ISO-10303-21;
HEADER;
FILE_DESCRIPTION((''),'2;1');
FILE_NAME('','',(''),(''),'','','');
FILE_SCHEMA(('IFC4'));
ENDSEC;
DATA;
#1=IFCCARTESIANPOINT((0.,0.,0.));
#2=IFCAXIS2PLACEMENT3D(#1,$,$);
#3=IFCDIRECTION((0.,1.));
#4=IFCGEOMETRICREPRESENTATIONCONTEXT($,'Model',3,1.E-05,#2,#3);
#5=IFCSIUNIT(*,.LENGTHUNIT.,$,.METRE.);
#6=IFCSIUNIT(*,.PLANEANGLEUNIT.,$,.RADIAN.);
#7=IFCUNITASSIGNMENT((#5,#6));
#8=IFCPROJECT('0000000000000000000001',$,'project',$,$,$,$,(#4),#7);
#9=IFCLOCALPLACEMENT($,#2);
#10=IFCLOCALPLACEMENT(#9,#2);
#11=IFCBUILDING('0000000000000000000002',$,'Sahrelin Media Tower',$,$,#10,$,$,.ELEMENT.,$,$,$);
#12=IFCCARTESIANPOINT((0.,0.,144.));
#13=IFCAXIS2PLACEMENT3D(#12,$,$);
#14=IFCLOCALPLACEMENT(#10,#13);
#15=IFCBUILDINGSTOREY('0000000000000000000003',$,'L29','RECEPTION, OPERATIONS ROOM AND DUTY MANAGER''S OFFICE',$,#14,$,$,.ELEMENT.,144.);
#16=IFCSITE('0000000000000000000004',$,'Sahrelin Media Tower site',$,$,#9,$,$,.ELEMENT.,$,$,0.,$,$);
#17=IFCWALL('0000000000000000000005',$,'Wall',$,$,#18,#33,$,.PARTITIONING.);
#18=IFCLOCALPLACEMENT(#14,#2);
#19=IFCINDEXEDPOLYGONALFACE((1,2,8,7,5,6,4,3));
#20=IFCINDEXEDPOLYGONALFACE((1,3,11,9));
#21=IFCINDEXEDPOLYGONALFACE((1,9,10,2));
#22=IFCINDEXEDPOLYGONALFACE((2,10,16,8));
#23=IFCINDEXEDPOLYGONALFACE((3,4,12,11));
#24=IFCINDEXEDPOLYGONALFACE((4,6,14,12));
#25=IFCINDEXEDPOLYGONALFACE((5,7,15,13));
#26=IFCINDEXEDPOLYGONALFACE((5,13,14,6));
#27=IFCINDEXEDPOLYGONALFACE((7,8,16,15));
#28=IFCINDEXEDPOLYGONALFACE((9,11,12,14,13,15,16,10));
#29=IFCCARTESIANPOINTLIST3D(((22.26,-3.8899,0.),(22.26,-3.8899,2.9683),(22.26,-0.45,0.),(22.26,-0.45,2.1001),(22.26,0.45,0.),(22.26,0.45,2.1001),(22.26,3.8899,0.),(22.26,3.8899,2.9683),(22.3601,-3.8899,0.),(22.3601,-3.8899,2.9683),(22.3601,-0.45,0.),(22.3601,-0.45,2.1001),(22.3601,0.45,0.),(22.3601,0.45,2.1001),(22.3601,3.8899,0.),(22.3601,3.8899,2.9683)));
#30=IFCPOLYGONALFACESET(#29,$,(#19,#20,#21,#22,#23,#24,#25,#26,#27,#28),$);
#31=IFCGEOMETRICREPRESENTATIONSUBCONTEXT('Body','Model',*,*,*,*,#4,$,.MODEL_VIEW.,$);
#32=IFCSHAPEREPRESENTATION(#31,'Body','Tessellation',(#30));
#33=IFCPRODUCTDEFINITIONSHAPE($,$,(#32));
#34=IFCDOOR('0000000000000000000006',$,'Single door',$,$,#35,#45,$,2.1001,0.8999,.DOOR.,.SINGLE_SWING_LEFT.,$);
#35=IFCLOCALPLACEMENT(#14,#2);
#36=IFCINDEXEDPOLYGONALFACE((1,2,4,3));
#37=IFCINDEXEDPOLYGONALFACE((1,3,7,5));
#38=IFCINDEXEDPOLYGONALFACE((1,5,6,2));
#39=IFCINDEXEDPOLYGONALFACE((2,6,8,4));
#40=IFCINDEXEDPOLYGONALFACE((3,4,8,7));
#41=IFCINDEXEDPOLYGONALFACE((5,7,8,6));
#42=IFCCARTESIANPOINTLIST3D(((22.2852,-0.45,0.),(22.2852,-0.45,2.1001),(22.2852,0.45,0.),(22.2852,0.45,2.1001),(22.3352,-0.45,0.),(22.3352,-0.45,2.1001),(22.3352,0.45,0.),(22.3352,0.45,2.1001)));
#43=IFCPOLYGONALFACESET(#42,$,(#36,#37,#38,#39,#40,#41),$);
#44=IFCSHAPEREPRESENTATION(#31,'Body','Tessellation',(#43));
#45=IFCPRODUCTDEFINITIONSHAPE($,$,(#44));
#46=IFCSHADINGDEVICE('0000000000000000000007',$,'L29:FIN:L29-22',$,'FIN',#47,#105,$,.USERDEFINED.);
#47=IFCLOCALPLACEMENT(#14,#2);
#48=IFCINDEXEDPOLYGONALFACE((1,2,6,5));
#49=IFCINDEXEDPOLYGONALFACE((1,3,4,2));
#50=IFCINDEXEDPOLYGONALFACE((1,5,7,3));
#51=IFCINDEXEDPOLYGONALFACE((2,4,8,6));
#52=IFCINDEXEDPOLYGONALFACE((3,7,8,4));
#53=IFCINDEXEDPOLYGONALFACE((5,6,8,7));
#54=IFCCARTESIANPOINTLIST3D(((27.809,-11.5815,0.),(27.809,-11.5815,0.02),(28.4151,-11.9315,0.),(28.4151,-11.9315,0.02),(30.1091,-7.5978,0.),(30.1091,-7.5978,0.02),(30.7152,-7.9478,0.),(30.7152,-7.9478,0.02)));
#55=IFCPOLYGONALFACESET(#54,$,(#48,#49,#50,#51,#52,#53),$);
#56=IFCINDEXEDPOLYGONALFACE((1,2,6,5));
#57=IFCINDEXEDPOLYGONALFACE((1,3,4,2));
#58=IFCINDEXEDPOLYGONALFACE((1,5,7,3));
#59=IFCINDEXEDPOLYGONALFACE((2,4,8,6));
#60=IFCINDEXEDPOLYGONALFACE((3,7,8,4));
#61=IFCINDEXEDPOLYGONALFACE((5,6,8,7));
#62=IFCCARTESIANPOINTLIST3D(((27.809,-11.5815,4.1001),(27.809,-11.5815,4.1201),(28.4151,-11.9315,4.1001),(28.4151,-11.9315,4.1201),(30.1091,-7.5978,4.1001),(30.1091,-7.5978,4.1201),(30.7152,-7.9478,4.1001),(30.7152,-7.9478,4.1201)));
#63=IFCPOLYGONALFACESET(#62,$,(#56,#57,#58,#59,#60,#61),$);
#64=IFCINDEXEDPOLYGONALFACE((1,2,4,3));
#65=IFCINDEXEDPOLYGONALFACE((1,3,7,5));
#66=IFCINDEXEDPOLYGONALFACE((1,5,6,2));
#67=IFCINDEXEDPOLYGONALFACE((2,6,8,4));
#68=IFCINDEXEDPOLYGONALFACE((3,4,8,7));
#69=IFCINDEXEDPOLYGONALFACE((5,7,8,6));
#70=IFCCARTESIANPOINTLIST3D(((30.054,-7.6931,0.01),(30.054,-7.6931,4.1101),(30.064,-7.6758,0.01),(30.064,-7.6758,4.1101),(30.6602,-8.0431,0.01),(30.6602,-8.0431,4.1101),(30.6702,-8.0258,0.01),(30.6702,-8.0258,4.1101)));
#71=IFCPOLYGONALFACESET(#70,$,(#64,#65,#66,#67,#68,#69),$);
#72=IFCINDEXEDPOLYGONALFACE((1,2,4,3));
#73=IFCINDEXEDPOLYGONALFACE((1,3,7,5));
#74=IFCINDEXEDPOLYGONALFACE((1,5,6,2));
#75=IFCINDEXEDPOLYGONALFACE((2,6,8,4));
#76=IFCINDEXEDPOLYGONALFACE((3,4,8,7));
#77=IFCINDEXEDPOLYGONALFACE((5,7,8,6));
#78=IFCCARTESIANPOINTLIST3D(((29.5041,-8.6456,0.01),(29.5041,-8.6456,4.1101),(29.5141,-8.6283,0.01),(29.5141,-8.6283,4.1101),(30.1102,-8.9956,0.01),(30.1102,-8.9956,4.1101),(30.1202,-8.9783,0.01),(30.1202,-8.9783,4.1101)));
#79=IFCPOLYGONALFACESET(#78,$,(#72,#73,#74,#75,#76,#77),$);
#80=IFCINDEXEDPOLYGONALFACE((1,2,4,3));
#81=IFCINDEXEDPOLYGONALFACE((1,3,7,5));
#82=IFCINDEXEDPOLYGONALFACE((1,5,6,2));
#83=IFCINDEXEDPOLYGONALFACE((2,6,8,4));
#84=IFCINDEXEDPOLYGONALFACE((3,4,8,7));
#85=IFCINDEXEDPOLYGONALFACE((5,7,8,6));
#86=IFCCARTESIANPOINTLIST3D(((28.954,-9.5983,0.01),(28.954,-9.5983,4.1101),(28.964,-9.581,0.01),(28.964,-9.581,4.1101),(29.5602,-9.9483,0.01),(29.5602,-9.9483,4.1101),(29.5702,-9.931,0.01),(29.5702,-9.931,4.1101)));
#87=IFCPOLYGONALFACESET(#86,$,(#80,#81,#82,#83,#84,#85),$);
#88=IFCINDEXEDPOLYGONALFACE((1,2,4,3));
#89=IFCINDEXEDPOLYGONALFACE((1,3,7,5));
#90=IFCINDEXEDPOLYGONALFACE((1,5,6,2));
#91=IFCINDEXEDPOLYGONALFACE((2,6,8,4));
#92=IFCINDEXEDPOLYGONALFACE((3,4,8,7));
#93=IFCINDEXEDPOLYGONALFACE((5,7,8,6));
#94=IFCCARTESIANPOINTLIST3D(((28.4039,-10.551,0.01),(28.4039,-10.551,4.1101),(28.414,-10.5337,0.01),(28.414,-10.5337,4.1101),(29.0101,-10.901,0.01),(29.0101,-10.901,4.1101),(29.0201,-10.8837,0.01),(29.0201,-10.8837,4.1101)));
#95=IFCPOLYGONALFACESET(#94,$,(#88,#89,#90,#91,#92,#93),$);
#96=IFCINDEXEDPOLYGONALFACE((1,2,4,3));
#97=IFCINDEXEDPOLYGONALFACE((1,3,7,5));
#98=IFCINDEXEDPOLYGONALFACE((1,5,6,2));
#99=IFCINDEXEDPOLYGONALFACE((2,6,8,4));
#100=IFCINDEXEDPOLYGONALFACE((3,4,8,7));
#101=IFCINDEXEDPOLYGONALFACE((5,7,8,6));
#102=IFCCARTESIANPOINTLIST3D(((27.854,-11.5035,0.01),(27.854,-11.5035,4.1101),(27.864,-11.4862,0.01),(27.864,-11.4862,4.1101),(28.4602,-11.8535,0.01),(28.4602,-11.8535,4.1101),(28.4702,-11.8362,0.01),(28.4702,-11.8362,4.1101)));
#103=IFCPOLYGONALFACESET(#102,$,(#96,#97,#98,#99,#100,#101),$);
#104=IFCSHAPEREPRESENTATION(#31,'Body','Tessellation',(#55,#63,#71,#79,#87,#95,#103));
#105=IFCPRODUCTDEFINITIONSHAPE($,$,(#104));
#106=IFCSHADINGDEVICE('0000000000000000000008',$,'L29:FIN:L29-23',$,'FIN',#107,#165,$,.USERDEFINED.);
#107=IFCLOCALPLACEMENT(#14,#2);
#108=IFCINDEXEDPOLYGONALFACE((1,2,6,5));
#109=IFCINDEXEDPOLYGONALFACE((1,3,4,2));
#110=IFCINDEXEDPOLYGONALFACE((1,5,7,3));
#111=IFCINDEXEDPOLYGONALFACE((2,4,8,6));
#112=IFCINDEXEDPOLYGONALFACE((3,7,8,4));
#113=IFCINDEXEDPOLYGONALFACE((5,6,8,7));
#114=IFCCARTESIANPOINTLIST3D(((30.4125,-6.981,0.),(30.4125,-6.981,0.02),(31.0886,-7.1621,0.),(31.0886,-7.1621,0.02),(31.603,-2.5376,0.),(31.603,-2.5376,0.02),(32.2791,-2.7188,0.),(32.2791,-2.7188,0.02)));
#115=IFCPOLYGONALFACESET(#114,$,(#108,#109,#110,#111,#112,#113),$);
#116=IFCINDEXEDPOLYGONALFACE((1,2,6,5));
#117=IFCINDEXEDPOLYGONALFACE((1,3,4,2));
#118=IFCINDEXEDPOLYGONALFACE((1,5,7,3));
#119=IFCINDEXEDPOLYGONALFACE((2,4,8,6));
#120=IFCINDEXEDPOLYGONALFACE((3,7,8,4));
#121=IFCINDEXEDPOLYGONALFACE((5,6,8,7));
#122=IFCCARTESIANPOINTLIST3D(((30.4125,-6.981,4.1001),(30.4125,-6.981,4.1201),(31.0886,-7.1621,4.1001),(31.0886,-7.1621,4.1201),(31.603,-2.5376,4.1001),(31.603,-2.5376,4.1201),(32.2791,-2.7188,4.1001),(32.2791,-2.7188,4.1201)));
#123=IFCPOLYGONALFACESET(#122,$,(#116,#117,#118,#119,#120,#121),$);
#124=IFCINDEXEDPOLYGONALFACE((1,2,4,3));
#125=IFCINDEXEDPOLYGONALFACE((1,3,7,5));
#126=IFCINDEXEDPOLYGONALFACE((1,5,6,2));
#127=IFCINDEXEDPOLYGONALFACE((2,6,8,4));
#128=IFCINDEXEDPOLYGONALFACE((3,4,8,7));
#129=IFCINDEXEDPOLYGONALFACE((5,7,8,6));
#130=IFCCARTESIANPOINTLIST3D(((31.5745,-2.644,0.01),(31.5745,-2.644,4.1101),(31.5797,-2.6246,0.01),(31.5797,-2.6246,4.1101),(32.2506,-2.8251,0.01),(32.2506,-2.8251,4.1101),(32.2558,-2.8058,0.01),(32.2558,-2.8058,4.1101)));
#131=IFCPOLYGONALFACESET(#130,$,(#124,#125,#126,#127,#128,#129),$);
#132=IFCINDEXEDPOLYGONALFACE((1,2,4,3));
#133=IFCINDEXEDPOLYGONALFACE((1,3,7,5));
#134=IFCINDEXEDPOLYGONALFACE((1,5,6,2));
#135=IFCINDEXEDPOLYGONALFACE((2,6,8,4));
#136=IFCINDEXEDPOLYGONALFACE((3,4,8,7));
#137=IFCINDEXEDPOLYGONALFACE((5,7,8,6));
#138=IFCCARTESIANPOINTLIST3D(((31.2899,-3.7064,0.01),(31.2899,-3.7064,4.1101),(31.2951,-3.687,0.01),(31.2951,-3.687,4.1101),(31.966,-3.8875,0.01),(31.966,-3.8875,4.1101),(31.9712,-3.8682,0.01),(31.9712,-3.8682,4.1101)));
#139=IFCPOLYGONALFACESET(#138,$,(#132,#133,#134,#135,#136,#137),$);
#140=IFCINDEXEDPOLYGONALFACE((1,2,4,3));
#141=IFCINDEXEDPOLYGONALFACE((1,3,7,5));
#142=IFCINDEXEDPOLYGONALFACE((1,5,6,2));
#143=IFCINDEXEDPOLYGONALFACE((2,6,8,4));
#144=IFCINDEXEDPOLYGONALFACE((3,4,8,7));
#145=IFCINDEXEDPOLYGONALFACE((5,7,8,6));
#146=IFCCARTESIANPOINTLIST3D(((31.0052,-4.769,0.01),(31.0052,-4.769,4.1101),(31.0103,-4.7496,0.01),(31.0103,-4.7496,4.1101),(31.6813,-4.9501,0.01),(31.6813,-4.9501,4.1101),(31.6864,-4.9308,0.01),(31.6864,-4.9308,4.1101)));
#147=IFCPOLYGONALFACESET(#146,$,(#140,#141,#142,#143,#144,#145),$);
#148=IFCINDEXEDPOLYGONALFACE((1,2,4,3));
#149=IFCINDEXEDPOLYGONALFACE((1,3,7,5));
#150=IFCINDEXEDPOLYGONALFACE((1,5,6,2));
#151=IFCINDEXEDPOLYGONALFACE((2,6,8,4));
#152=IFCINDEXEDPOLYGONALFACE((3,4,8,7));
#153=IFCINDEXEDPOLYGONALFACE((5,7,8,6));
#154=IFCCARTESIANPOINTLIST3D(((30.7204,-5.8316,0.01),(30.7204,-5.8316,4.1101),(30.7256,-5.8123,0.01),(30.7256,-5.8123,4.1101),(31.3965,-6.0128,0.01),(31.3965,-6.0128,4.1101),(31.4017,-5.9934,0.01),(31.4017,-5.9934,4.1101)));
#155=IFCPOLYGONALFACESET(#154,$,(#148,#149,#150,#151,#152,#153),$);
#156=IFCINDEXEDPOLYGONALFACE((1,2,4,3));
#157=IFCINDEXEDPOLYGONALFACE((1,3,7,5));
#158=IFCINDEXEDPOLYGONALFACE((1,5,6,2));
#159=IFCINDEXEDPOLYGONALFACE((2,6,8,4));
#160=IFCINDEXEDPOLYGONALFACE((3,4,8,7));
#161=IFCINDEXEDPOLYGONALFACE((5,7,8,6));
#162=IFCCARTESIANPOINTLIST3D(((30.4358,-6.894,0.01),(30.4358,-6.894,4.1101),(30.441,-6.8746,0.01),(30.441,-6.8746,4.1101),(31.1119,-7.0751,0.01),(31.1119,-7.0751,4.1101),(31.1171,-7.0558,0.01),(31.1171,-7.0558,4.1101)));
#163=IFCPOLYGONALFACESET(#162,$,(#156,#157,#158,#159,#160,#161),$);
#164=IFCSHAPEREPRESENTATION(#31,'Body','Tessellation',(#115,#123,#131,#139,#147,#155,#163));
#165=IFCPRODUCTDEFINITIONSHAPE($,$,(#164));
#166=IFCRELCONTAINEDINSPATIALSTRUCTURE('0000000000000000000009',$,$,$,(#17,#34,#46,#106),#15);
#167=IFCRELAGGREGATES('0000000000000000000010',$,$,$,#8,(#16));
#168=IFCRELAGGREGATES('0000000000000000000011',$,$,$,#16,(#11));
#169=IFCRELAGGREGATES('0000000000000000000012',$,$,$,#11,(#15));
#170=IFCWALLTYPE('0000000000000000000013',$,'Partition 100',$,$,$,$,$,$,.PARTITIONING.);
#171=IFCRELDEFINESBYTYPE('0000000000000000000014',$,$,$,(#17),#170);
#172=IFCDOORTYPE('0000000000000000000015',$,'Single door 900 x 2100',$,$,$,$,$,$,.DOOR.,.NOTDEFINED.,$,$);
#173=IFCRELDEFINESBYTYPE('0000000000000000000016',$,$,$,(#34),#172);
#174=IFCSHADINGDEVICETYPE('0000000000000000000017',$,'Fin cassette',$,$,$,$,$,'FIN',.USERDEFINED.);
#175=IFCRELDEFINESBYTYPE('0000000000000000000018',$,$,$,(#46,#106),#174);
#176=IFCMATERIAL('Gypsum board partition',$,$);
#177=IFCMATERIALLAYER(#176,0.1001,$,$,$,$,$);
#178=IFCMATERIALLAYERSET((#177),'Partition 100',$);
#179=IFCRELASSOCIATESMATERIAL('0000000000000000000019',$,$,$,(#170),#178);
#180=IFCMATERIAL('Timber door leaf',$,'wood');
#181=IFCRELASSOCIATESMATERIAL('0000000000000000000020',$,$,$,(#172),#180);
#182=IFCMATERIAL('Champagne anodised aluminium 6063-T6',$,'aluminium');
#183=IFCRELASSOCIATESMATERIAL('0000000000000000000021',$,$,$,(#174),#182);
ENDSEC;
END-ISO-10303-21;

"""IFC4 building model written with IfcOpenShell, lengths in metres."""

from ifc_helpers import new_model, si_unit, direction, frame, frame_2d, origin, origin_2d, place, context, subcontext, project, spatial, rectangle, extrude, material, layer, layer_set, type_object, element, fill, save


model = new_model("IFC4")

# Units and contexts
model_context = context("Model", 3, precision=1e-05, world=origin(), true_north=direction((0.0, 1.0)))
body_context = subcontext(model_context, "Body", "Model", "MODEL_VIEW")
ifc_project = project(units=[si_unit("LENGTHUNIT", "METRE"), si_unit("PLANEANGLEUNIT", "RADIAN")], contexts=[model_context])

# Site, building, storey
site_placement = place(None, origin())
site = spatial("IfcSite", under=ifc_project, at=site_placement, Name="Sahrelin Media Tower site", CompositionType="ELEMENT", RefElevation=0.0)
building_placement = place(site_placement, origin())
building = spatial("IfcBuilding", under=site, at=building_placement, Name="Sahrelin Media Tower", CompositionType="ELEMENT")
storey_placement = place(building_placement, frame((0.0, 0.0, 144.0)))
storey = spatial("IfcBuildingStorey", under=building, at=storey_placement, Name="L29", Description="RECEPTION, OPERATIONS ROOM AND DUTY MANAGER'S OFFICE", CompositionType="ELEMENT", Elevation=144.0)

# Shared definitions
ifc_material_1 = material(Name="Champagne anodised aluminium 6063-T6", Category="aluminium")

# Shared definitions
ifc_material_2 = material(Name="Gypsum board partition")
ifc_layer_1 = layer(ifc_material_2, 0.1001)
ifc_layer_set_1 = layer_set([ifc_layer_1], Name="Partition 100")
wall_type_1 = type_object("IfcWallType", Name="Partition 100", PredefinedType="PARTITIONING", material=ifc_layer_set_1)

# Wall, opening, door
wall_1_placement = place(storey_placement, frame((22.3101, -3.8899, 0.0), z_axis=(0.0, 0.0, 1.0), x_axis=(0.0, 1.0, 0.0)))
wall_1 = element("IfcWall", 1, at=wall_1_placement, inside=storey, type_object=wall_type_1, Name="Wall", PredefinedType="PARTITIONING", context=body_context, shape_type="SweptSolid", body=[
    extrude(rectangle(XDim=7.7798, YDim=0.1001, at=frame_2d((3.8899, 0.0))), origin(), (0.0, 0.0, 1.0), 2.9683),
])
opening_1_placement = place(wall_1_placement, frame((3.4399, 0.0, 0.0)))
opening_1 = element("IfcOpeningElement", 2, at=opening_1_placement, cuts=wall_1, PredefinedType="OPENING", context=body_context, shape_type="SweptSolid", body=[
    extrude(rectangle(XDim=0.8999, YDim=2.1001, at=frame_2d((0.45, 1.05))), frame((0.0, 0.05, 0.0), z_axis=(0.0, -1.0, 0.0), x_axis=(1.0, 0.0, 0.0)), (0.0, 0.0, 1.0), 0.1001),
])
ifc_material_3 = material(Name="Timber door leaf", Category="wood")
door_type_1 = type_object("IfcDoorType", Name="Single door 900 x 2100", OperationType="NOTDEFINED", PredefinedType="DOOR", material=ifc_material_3)
door_1_placement = place(opening_1_placement, origin())
door_1 = element("IfcDoor", 3, at=door_1_placement, inside=storey, type_object=door_type_1, Name="Single door", OperationType="SINGLE_SWING_LEFT", OverallHeight=2.1001, OverallWidth=0.8999, PredefinedType="DOOR", context=body_context, shape_type="SweptSolid", body=[
    extrude(rectangle(XDim=0.8999, YDim=2.1001, at=frame_2d((0.45, 1.05))), frame((0.0, 0.0249, 0.0), z_axis=(0.0, -1.0, 0.0), x_axis=(1.0, 0.0, 0.0)), (0.0, 0.0, 1.0), 0.05),
])
fill(opening_1, door_1)

# Shading devices
shading_device_type_1 = type_object("IfcShadingDeviceType", Name="Fin cassette", ElementType="FIN", PredefinedType="USERDEFINED", material=ifc_material_1)
placement_1 = place(storey_placement, frame((28.8984, -9.5547, 0.0), z_axis=(0.0, 0.0, 1.0), x_axis=(-0.500011, -0.866019, 0.0)))
element("IfcShadingDevice", 4, at=placement_1, inside=storey, type_object=shading_device_type_1, Name="L29:FIN:L29-22", ObjectType="FIN", PredefinedType="USERDEFINED", context=body_context, shape_type="SweptSolid", body=[
    extrude(rectangle(XDim=4.6001, YDim=0.7, at=origin_2d()), frame((0.0, 0.4199, 0.0)), (0.0, 0.0, 1.0), 0.02),
    extrude(rectangle(XDim=4.6001, YDim=0.7, at=origin_2d()), frame((0.0, 0.4199, 4.1001)), (0.0, 0.0, 1.0), 0.02),
    extrude(rectangle(XDim=0.02, YDim=0.7, at=origin_2d()), frame((-2.2, 0.4199, 0.01), z_axis=(0.0, 0.0, 1.0), x_axis=(1.0, 0.0, 0.0)), (0.0, 0.0, 1.0), 4.1001),
    extrude(rectangle(XDim=0.02, YDim=0.7, at=origin_2d()), frame((-1.1001, 0.4199, 0.01), z_axis=(0.0, 0.0, 1.0), x_axis=(1.0, 0.0, 0.0)), (0.0, 0.0, 1.0), 4.1001),
    extrude(rectangle(XDim=0.02, YDim=0.7, at=origin_2d()), frame((0.0, 0.4199, 0.01), z_axis=(0.0, 0.0, 1.0), x_axis=(1.0, 0.0, 0.0)), (0.0, 0.0, 1.0), 4.1001),
    extrude(rectangle(XDim=0.02, YDim=0.7, at=origin_2d()), frame((1.1001, 0.4199, 0.01), z_axis=(0.0, 0.0, 1.0), x_axis=(1.0, 0.0, 0.0)), (0.0, 0.0, 1.0), 4.1001),
    extrude(rectangle(XDim=0.02, YDim=0.7, at=origin_2d()), frame((2.2, 0.4199, 0.01), z_axis=(0.0, 0.0, 1.0), x_axis=(1.0, 0.0, 0.0)), (0.0, 0.0, 1.0), 4.1001),
])
placement_2 = place(storey_placement, frame((30.9402, -4.7412, 0.0), z_axis=(0.0, 0.0, 1.0), x_axis=(-0.258808, -0.965929, 0.0)))
element("IfcShadingDevice", 5, at=placement_2, inside=storey, type_object=shading_device_type_1, Name="L29:FIN:L29-23", ObjectType="FIN", PredefinedType="USERDEFINED", context=body_context, shape_type="SweptSolid", body=[
    extrude(rectangle(XDim=4.6001, YDim=0.7, at=origin_2d()), frame((0.0, 0.4199, 0.0)), (0.0, 0.0, 1.0), 0.02),
    extrude(rectangle(XDim=4.6001, YDim=0.7, at=origin_2d()), frame((0.0, 0.4199, 4.1001)), (0.0, 0.0, 1.0), 0.02),
    extrude(rectangle(XDim=0.02, YDim=0.7, at=origin_2d()), frame((-2.2, 0.4199, 0.01), z_axis=(0.0, 0.0, 1.0), x_axis=(1.0, 0.0, 0.0)), (0.0, 0.0, 1.0), 4.1001),
    extrude(rectangle(XDim=0.02, YDim=0.7, at=origin_2d()), frame((-1.1001, 0.4199, 0.01), z_axis=(0.0, 0.0, 1.0), x_axis=(1.0, 0.0, 0.0)), (0.0, 0.0, 1.0), 4.1001),
    extrude(rectangle(XDim=0.02, YDim=0.7, at=origin_2d()), frame((0.0, 0.4199, 0.01), z_axis=(0.0, 0.0, 1.0), x_axis=(1.0, 0.0, 0.0)), (0.0, 0.0, 1.0), 4.1001),
    extrude(rectangle(XDim=0.02, YDim=0.7, at=origin_2d()), frame((1.1001, 0.4199, 0.01), z_axis=(0.0, 0.0, 1.0), x_axis=(1.0, 0.0, 0.0)), (0.0, 0.0, 1.0), 4.1001),
    extrude(rectangle(XDim=0.02, YDim=0.7, at=origin_2d()), frame((2.2, 0.4199, 0.01), z_axis=(0.0, 0.0, 1.0), x_axis=(1.0, 0.0, 0.0)), (0.0, 0.0, 1.0), 4.1001),
])

save(model, "model.ifc")
